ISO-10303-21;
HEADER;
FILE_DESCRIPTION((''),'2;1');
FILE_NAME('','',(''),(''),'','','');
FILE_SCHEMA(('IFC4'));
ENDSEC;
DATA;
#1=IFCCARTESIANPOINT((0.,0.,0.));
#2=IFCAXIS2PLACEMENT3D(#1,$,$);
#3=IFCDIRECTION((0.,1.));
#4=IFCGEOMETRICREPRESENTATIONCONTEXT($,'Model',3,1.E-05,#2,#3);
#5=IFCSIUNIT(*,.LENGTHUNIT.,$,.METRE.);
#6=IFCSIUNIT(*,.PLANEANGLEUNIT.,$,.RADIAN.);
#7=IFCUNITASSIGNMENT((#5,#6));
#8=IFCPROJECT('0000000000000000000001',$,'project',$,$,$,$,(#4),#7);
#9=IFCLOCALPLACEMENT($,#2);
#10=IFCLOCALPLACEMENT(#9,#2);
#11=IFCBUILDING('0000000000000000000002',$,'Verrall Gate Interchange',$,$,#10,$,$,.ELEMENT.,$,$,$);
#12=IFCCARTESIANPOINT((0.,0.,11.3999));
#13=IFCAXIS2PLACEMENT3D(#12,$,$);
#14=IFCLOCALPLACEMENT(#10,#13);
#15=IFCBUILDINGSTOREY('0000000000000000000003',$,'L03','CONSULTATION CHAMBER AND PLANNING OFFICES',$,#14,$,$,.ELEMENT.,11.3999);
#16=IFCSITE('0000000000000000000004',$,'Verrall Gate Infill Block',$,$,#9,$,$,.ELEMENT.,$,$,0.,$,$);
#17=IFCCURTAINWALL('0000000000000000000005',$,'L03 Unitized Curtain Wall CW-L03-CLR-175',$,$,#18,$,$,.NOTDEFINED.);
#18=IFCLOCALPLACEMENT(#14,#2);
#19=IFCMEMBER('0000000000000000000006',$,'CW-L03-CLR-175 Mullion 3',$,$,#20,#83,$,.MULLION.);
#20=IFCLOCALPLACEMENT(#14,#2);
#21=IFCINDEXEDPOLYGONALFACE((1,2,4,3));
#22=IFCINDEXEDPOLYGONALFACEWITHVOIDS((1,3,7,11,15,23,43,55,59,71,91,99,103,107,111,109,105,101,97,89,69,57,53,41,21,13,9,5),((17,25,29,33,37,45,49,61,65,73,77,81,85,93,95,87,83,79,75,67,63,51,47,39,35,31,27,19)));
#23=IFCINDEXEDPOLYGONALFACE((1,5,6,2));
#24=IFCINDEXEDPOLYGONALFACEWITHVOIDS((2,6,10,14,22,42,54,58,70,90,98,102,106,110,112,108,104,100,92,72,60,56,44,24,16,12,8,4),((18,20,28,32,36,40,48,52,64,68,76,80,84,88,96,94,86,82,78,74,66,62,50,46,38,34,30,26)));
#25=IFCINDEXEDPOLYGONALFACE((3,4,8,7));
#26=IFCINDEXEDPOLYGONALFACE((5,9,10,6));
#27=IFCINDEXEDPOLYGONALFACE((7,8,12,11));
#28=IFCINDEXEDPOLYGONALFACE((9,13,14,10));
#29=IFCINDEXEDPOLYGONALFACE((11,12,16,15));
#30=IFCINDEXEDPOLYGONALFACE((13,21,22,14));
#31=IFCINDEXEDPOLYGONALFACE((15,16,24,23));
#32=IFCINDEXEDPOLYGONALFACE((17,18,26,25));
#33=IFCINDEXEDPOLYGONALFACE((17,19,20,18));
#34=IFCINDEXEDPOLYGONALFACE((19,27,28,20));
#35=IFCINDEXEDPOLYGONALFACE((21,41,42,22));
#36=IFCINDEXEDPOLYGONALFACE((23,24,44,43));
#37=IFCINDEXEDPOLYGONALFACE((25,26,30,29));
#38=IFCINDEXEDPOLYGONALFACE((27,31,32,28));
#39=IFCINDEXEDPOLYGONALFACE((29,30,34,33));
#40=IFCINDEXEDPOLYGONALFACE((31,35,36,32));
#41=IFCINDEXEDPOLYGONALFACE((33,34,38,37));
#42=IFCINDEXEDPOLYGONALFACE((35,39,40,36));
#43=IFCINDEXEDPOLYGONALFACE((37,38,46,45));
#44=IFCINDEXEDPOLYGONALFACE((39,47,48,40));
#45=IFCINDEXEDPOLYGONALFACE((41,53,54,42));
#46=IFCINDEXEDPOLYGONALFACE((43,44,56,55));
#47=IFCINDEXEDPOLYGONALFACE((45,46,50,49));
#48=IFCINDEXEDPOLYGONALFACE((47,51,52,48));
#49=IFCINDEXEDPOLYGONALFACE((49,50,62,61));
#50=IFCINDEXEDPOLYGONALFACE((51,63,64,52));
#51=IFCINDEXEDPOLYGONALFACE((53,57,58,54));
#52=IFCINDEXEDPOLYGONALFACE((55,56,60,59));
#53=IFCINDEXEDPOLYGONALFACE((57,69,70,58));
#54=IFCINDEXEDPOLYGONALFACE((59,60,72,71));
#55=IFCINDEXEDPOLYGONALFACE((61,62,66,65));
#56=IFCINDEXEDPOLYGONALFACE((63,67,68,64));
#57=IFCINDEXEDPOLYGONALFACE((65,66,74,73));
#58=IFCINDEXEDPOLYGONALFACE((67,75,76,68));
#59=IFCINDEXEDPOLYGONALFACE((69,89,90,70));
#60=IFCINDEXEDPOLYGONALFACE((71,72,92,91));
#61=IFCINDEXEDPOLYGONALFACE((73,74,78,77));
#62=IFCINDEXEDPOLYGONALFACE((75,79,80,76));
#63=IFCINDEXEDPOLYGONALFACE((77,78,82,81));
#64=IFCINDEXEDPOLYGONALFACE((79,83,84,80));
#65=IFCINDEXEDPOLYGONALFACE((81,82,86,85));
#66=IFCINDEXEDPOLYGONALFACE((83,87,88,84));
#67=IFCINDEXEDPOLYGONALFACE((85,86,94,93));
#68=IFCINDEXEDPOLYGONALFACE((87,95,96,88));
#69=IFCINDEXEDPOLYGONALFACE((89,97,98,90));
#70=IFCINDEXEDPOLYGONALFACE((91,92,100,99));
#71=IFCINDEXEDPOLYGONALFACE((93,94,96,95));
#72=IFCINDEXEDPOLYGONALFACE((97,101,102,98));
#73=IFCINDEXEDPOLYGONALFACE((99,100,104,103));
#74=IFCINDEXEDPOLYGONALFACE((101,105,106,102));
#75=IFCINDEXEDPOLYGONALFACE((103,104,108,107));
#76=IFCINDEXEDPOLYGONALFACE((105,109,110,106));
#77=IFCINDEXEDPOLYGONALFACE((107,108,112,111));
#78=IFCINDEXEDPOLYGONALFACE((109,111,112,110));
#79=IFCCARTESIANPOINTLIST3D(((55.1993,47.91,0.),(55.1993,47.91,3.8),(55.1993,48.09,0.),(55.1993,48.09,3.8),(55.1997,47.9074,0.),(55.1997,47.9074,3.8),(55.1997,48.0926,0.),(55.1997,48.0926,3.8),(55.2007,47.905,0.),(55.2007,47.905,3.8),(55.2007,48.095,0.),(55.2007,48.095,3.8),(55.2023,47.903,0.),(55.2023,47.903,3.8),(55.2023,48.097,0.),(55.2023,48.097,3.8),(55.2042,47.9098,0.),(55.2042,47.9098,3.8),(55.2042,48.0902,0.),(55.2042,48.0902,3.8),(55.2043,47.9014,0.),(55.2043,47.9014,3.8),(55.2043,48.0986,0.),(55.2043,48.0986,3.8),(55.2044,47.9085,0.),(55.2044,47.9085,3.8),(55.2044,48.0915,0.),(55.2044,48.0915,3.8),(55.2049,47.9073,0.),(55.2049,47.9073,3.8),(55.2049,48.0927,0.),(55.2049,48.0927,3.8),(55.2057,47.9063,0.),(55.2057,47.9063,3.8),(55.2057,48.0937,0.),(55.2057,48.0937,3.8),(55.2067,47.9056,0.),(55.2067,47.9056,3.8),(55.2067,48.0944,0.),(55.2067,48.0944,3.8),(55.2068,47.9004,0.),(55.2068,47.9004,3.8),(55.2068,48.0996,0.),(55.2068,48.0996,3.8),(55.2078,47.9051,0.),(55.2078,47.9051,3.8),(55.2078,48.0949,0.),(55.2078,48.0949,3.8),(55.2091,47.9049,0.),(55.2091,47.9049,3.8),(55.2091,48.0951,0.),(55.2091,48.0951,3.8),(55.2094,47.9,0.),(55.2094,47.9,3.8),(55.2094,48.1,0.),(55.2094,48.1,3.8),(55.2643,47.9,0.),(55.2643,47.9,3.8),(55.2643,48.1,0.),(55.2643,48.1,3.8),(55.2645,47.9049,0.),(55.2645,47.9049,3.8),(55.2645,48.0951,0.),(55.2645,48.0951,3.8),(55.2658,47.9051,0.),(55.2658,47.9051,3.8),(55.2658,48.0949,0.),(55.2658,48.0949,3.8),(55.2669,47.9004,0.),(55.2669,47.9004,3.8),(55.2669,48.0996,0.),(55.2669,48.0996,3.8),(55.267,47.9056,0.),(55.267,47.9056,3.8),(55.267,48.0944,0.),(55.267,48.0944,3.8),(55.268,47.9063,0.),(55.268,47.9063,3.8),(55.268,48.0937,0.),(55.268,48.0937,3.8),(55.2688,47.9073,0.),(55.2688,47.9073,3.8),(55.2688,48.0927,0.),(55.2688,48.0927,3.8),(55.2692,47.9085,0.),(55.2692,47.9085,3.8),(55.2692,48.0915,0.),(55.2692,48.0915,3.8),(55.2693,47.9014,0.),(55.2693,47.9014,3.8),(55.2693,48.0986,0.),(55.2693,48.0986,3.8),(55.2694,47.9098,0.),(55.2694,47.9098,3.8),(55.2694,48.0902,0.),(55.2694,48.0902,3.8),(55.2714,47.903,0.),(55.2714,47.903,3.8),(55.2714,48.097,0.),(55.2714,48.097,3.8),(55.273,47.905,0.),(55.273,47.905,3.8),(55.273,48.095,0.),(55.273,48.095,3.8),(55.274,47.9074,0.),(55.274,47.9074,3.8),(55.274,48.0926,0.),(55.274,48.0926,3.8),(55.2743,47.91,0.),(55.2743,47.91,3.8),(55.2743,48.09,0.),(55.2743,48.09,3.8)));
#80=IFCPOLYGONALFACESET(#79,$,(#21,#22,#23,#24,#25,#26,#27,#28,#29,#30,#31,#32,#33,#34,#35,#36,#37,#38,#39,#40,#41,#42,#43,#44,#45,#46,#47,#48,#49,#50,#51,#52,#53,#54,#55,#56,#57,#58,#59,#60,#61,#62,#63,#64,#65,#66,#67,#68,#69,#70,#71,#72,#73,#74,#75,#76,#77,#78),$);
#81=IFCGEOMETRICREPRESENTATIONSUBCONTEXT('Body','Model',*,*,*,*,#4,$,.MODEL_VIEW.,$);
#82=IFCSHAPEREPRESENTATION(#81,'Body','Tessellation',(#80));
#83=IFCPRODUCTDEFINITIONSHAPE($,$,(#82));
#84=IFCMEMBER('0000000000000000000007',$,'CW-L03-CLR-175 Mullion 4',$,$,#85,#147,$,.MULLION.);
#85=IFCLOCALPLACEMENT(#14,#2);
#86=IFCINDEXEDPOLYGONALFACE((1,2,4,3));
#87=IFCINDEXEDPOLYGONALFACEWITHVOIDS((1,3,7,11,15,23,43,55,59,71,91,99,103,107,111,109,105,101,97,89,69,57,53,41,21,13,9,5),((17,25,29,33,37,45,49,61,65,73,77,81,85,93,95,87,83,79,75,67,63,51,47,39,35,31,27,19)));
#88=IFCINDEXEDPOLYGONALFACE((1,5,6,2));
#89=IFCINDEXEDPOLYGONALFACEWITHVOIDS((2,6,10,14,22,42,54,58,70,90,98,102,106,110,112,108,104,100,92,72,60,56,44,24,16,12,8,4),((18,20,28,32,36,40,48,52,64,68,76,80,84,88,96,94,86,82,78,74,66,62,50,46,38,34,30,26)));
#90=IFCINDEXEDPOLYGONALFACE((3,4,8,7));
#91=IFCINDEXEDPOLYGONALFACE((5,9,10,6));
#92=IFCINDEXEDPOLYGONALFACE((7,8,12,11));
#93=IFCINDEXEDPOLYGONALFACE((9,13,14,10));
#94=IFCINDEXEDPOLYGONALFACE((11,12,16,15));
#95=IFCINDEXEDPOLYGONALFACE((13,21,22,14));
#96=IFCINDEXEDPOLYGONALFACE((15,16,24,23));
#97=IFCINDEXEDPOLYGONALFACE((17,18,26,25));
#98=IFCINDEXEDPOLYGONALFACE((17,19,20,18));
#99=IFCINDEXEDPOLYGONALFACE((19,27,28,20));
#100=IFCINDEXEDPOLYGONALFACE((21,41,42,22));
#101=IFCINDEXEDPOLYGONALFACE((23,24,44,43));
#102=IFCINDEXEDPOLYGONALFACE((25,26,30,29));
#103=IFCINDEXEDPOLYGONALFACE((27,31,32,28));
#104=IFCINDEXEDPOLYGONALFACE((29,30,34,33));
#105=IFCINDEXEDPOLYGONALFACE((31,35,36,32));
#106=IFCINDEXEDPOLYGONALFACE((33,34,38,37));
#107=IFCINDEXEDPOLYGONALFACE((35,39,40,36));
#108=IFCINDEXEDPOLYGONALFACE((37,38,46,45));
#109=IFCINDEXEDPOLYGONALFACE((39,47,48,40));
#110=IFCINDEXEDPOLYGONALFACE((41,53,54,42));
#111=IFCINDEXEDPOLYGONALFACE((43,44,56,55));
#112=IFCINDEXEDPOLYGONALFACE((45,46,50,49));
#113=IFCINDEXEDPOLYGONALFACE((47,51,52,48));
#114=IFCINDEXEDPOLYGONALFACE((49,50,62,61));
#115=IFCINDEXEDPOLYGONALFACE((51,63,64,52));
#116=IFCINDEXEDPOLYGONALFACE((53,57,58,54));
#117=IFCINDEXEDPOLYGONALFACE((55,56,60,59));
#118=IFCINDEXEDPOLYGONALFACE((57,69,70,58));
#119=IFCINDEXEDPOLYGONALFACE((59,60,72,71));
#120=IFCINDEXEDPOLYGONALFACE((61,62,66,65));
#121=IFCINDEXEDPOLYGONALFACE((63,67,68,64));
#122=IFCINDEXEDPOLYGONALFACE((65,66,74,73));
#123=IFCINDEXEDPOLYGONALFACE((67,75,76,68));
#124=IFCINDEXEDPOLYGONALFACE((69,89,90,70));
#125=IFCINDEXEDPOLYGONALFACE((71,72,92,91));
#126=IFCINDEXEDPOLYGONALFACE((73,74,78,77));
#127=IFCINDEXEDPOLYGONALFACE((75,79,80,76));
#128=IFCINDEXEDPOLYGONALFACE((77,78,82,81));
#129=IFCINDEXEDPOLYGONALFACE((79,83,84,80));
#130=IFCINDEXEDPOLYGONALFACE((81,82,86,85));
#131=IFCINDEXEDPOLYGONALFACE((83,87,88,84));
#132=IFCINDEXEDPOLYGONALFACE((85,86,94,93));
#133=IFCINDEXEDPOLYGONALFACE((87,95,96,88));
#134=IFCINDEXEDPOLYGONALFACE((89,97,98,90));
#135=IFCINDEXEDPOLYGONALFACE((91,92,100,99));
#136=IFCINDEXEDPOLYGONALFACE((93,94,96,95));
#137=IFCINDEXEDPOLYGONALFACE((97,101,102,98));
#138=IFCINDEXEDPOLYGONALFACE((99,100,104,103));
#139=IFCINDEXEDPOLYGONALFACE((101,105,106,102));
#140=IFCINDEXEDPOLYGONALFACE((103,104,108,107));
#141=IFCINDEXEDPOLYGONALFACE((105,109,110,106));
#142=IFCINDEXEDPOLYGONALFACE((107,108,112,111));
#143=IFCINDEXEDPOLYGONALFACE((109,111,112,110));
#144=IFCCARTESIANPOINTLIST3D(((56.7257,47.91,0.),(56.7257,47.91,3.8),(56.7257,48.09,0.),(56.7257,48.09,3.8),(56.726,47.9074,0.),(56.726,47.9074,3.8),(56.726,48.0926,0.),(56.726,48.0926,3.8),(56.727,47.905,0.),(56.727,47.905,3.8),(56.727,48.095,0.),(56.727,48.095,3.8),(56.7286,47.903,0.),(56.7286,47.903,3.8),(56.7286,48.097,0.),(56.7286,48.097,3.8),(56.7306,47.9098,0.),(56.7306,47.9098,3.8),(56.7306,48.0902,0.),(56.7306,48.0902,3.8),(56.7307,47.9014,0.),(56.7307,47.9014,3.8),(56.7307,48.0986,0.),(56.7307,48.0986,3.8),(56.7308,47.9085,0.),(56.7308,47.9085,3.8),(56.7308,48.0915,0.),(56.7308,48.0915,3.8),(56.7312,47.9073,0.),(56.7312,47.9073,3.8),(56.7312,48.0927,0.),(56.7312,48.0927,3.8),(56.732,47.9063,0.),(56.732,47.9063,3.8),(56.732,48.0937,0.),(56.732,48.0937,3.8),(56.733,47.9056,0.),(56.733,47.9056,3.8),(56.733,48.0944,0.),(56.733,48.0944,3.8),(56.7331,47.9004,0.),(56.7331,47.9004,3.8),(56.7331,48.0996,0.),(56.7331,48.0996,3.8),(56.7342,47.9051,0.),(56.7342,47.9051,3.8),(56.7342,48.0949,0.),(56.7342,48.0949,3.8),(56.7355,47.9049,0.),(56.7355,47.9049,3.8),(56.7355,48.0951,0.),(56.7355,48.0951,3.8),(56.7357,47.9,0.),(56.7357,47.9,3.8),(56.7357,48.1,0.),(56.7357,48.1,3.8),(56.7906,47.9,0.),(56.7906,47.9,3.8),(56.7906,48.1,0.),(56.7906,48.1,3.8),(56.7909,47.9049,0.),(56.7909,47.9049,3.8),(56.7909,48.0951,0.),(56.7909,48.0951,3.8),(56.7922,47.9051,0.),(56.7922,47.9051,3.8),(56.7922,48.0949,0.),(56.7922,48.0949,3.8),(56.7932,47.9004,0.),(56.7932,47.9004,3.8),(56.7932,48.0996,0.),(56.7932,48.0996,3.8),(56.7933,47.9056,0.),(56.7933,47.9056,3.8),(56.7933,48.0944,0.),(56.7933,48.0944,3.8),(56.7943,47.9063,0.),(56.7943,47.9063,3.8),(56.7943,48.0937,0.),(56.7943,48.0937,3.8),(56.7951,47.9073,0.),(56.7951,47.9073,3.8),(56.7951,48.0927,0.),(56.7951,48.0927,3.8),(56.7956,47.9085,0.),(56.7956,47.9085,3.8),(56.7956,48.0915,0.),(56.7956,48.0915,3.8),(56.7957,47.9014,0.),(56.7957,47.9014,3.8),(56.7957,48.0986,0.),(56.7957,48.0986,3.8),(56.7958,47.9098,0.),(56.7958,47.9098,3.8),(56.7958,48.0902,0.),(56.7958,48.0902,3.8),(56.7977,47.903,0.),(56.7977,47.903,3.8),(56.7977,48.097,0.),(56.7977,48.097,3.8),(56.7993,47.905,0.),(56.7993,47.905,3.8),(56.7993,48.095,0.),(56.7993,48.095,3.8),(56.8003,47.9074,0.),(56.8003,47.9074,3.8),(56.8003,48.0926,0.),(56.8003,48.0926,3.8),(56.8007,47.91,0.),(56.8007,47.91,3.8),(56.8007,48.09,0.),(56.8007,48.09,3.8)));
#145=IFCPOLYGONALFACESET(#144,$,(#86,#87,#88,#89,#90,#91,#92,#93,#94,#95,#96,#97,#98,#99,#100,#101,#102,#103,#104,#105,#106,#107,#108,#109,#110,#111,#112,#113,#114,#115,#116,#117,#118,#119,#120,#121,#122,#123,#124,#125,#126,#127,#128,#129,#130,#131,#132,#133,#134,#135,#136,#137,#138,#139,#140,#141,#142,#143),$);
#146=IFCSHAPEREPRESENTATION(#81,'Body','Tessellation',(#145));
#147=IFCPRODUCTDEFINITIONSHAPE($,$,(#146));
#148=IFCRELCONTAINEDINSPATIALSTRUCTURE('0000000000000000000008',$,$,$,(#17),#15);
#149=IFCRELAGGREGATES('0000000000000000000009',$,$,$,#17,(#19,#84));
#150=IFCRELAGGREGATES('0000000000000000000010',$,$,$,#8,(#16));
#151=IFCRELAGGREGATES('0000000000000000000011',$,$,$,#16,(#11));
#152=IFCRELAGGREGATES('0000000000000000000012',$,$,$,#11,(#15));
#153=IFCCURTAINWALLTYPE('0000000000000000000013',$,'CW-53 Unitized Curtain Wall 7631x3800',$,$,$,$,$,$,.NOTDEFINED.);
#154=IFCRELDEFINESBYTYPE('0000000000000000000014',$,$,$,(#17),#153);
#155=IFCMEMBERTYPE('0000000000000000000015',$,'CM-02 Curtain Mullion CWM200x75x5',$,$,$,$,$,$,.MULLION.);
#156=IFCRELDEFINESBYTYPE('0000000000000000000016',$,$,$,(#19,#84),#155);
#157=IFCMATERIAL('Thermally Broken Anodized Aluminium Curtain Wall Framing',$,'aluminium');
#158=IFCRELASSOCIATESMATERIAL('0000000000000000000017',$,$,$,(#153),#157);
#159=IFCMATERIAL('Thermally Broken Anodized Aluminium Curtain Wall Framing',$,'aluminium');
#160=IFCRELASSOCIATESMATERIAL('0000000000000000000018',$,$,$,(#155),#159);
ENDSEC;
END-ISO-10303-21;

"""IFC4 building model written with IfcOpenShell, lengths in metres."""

from ifc_helpers import new_model, si_unit, direction, frame, origin, origin_2d, place, context, subcontext, project, spatial, hollow_rectangle, extrude, material, material_profile, profile_set, type_object, element, aggregate, save


model = new_model("IFC4")

# Units and contexts
model_context = context("Model", 3, precision=1e-05, world=origin(), true_north=direction((0.0, 1.0)))
body_context = subcontext(model_context, "Body", "Model", "MODEL_VIEW")
ifc_project = project(units=[si_unit("LENGTHUNIT", "METRE"), si_unit("PLANEANGLEUNIT", "RADIAN")], contexts=[model_context])

# Site, building, storey
site_placement = place(None, origin())
site = spatial("IfcSite", under=ifc_project, at=site_placement, Name="Verrall Gate Infill Block", CompositionType="ELEMENT", RefElevation=0.0)
building_placement = place(site_placement, origin())
building = spatial("IfcBuilding", under=site, at=building_placement, Name="Verrall Gate Interchange", CompositionType="ELEMENT")
storey_placement = place(building_placement, frame((0.0, 0.0, 11.3999)))
storey = spatial("IfcBuildingStorey", under=building, at=storey_placement, Name="L03", Description="CONSULTATION CHAMBER AND PLANNING OFFICES", CompositionType="ELEMENT", Elevation=11.3999)

# Curtain wall, members
ifc_material_1 = material(Name="Thermally Broken Anodized Aluminium Curtain Wall Framing", Category="aluminium")
curtain_wall_type = type_object("IfcCurtainWallType", Name="CW-53 Unitized Curtain Wall 7631x3800", PredefinedType="NOTDEFINED", material=ifc_material_1)
curtain_wall_placement = place(storey_placement, origin())
curtain_wall = element("IfcCurtainWall", 1, at=curtain_wall_placement, inside=storey, type_object=curtain_wall_type, Name="L03 Unitized Curtain Wall CW-L03-CLR-175", PredefinedType="NOTDEFINED")
ifc_material_2 = material(Name="Thermally Broken Anodized Aluminium Curtain Wall Framing", Category="aluminium")
ifc_material_profile_1 = material_profile(ifc_material_2, hollow_rectangle(XDim=0.075, YDim=0.2, WallThickness=0.0049, InnerFilletRadius=0.0049, OuterFilletRadius=0.01, at=origin_2d()), Name="CWM200x75x5")
ifc_profile_set_1 = profile_set([ifc_material_profile_1], Name="Thermally Broken Anodized Aluminium Curtain Wall Framing")
member_type_1 = type_object("IfcMemberType", Name="CM-02 Curtain Mullion CWM200x75x5", PredefinedType="MULLION", material=ifc_profile_set_1)
member_1_placement = place(storey_placement, frame((55.2368, 48.0, 0.0), z_axis=(0.0, 0.0, 1.0), x_axis=(1.0, 0.0, 0.0)))
member_1 = element("IfcMember", 2, at=member_1_placement, type_object=member_type_1, Name="CW-L03-CLR-175 Mullion 3", PredefinedType="MULLION", context=body_context, shape_type="SweptSolid", body=[
    extrude(hollow_rectangle(XDim=0.075, YDim=0.2, WallThickness=0.0049, InnerFilletRadius=0.0049, OuterFilletRadius=0.01, at=origin_2d()), origin(), (0.0, 0.0, 1.0), 3.8),
])
member_2_placement = place(storey_placement, frame((56.7632, 48.0, 0.0), z_axis=(0.0, 0.0, 1.0), x_axis=(1.0, 0.0, 0.0)))
member_2 = element("IfcMember", 3, at=member_2_placement, type_object=member_type_1, Name="CW-L03-CLR-175 Mullion 4", PredefinedType="MULLION", context=body_context, shape_type="SweptSolid", body=[
    extrude(hollow_rectangle(XDim=0.075, YDim=0.2, WallThickness=0.0049, InnerFilletRadius=0.0049, OuterFilletRadius=0.01, at=origin_2d()), origin(), (0.0, 0.0, 1.0), 3.8),
])

aggregate(curtain_wall, [member_1, member_2])

save(model, "model.ifc")
